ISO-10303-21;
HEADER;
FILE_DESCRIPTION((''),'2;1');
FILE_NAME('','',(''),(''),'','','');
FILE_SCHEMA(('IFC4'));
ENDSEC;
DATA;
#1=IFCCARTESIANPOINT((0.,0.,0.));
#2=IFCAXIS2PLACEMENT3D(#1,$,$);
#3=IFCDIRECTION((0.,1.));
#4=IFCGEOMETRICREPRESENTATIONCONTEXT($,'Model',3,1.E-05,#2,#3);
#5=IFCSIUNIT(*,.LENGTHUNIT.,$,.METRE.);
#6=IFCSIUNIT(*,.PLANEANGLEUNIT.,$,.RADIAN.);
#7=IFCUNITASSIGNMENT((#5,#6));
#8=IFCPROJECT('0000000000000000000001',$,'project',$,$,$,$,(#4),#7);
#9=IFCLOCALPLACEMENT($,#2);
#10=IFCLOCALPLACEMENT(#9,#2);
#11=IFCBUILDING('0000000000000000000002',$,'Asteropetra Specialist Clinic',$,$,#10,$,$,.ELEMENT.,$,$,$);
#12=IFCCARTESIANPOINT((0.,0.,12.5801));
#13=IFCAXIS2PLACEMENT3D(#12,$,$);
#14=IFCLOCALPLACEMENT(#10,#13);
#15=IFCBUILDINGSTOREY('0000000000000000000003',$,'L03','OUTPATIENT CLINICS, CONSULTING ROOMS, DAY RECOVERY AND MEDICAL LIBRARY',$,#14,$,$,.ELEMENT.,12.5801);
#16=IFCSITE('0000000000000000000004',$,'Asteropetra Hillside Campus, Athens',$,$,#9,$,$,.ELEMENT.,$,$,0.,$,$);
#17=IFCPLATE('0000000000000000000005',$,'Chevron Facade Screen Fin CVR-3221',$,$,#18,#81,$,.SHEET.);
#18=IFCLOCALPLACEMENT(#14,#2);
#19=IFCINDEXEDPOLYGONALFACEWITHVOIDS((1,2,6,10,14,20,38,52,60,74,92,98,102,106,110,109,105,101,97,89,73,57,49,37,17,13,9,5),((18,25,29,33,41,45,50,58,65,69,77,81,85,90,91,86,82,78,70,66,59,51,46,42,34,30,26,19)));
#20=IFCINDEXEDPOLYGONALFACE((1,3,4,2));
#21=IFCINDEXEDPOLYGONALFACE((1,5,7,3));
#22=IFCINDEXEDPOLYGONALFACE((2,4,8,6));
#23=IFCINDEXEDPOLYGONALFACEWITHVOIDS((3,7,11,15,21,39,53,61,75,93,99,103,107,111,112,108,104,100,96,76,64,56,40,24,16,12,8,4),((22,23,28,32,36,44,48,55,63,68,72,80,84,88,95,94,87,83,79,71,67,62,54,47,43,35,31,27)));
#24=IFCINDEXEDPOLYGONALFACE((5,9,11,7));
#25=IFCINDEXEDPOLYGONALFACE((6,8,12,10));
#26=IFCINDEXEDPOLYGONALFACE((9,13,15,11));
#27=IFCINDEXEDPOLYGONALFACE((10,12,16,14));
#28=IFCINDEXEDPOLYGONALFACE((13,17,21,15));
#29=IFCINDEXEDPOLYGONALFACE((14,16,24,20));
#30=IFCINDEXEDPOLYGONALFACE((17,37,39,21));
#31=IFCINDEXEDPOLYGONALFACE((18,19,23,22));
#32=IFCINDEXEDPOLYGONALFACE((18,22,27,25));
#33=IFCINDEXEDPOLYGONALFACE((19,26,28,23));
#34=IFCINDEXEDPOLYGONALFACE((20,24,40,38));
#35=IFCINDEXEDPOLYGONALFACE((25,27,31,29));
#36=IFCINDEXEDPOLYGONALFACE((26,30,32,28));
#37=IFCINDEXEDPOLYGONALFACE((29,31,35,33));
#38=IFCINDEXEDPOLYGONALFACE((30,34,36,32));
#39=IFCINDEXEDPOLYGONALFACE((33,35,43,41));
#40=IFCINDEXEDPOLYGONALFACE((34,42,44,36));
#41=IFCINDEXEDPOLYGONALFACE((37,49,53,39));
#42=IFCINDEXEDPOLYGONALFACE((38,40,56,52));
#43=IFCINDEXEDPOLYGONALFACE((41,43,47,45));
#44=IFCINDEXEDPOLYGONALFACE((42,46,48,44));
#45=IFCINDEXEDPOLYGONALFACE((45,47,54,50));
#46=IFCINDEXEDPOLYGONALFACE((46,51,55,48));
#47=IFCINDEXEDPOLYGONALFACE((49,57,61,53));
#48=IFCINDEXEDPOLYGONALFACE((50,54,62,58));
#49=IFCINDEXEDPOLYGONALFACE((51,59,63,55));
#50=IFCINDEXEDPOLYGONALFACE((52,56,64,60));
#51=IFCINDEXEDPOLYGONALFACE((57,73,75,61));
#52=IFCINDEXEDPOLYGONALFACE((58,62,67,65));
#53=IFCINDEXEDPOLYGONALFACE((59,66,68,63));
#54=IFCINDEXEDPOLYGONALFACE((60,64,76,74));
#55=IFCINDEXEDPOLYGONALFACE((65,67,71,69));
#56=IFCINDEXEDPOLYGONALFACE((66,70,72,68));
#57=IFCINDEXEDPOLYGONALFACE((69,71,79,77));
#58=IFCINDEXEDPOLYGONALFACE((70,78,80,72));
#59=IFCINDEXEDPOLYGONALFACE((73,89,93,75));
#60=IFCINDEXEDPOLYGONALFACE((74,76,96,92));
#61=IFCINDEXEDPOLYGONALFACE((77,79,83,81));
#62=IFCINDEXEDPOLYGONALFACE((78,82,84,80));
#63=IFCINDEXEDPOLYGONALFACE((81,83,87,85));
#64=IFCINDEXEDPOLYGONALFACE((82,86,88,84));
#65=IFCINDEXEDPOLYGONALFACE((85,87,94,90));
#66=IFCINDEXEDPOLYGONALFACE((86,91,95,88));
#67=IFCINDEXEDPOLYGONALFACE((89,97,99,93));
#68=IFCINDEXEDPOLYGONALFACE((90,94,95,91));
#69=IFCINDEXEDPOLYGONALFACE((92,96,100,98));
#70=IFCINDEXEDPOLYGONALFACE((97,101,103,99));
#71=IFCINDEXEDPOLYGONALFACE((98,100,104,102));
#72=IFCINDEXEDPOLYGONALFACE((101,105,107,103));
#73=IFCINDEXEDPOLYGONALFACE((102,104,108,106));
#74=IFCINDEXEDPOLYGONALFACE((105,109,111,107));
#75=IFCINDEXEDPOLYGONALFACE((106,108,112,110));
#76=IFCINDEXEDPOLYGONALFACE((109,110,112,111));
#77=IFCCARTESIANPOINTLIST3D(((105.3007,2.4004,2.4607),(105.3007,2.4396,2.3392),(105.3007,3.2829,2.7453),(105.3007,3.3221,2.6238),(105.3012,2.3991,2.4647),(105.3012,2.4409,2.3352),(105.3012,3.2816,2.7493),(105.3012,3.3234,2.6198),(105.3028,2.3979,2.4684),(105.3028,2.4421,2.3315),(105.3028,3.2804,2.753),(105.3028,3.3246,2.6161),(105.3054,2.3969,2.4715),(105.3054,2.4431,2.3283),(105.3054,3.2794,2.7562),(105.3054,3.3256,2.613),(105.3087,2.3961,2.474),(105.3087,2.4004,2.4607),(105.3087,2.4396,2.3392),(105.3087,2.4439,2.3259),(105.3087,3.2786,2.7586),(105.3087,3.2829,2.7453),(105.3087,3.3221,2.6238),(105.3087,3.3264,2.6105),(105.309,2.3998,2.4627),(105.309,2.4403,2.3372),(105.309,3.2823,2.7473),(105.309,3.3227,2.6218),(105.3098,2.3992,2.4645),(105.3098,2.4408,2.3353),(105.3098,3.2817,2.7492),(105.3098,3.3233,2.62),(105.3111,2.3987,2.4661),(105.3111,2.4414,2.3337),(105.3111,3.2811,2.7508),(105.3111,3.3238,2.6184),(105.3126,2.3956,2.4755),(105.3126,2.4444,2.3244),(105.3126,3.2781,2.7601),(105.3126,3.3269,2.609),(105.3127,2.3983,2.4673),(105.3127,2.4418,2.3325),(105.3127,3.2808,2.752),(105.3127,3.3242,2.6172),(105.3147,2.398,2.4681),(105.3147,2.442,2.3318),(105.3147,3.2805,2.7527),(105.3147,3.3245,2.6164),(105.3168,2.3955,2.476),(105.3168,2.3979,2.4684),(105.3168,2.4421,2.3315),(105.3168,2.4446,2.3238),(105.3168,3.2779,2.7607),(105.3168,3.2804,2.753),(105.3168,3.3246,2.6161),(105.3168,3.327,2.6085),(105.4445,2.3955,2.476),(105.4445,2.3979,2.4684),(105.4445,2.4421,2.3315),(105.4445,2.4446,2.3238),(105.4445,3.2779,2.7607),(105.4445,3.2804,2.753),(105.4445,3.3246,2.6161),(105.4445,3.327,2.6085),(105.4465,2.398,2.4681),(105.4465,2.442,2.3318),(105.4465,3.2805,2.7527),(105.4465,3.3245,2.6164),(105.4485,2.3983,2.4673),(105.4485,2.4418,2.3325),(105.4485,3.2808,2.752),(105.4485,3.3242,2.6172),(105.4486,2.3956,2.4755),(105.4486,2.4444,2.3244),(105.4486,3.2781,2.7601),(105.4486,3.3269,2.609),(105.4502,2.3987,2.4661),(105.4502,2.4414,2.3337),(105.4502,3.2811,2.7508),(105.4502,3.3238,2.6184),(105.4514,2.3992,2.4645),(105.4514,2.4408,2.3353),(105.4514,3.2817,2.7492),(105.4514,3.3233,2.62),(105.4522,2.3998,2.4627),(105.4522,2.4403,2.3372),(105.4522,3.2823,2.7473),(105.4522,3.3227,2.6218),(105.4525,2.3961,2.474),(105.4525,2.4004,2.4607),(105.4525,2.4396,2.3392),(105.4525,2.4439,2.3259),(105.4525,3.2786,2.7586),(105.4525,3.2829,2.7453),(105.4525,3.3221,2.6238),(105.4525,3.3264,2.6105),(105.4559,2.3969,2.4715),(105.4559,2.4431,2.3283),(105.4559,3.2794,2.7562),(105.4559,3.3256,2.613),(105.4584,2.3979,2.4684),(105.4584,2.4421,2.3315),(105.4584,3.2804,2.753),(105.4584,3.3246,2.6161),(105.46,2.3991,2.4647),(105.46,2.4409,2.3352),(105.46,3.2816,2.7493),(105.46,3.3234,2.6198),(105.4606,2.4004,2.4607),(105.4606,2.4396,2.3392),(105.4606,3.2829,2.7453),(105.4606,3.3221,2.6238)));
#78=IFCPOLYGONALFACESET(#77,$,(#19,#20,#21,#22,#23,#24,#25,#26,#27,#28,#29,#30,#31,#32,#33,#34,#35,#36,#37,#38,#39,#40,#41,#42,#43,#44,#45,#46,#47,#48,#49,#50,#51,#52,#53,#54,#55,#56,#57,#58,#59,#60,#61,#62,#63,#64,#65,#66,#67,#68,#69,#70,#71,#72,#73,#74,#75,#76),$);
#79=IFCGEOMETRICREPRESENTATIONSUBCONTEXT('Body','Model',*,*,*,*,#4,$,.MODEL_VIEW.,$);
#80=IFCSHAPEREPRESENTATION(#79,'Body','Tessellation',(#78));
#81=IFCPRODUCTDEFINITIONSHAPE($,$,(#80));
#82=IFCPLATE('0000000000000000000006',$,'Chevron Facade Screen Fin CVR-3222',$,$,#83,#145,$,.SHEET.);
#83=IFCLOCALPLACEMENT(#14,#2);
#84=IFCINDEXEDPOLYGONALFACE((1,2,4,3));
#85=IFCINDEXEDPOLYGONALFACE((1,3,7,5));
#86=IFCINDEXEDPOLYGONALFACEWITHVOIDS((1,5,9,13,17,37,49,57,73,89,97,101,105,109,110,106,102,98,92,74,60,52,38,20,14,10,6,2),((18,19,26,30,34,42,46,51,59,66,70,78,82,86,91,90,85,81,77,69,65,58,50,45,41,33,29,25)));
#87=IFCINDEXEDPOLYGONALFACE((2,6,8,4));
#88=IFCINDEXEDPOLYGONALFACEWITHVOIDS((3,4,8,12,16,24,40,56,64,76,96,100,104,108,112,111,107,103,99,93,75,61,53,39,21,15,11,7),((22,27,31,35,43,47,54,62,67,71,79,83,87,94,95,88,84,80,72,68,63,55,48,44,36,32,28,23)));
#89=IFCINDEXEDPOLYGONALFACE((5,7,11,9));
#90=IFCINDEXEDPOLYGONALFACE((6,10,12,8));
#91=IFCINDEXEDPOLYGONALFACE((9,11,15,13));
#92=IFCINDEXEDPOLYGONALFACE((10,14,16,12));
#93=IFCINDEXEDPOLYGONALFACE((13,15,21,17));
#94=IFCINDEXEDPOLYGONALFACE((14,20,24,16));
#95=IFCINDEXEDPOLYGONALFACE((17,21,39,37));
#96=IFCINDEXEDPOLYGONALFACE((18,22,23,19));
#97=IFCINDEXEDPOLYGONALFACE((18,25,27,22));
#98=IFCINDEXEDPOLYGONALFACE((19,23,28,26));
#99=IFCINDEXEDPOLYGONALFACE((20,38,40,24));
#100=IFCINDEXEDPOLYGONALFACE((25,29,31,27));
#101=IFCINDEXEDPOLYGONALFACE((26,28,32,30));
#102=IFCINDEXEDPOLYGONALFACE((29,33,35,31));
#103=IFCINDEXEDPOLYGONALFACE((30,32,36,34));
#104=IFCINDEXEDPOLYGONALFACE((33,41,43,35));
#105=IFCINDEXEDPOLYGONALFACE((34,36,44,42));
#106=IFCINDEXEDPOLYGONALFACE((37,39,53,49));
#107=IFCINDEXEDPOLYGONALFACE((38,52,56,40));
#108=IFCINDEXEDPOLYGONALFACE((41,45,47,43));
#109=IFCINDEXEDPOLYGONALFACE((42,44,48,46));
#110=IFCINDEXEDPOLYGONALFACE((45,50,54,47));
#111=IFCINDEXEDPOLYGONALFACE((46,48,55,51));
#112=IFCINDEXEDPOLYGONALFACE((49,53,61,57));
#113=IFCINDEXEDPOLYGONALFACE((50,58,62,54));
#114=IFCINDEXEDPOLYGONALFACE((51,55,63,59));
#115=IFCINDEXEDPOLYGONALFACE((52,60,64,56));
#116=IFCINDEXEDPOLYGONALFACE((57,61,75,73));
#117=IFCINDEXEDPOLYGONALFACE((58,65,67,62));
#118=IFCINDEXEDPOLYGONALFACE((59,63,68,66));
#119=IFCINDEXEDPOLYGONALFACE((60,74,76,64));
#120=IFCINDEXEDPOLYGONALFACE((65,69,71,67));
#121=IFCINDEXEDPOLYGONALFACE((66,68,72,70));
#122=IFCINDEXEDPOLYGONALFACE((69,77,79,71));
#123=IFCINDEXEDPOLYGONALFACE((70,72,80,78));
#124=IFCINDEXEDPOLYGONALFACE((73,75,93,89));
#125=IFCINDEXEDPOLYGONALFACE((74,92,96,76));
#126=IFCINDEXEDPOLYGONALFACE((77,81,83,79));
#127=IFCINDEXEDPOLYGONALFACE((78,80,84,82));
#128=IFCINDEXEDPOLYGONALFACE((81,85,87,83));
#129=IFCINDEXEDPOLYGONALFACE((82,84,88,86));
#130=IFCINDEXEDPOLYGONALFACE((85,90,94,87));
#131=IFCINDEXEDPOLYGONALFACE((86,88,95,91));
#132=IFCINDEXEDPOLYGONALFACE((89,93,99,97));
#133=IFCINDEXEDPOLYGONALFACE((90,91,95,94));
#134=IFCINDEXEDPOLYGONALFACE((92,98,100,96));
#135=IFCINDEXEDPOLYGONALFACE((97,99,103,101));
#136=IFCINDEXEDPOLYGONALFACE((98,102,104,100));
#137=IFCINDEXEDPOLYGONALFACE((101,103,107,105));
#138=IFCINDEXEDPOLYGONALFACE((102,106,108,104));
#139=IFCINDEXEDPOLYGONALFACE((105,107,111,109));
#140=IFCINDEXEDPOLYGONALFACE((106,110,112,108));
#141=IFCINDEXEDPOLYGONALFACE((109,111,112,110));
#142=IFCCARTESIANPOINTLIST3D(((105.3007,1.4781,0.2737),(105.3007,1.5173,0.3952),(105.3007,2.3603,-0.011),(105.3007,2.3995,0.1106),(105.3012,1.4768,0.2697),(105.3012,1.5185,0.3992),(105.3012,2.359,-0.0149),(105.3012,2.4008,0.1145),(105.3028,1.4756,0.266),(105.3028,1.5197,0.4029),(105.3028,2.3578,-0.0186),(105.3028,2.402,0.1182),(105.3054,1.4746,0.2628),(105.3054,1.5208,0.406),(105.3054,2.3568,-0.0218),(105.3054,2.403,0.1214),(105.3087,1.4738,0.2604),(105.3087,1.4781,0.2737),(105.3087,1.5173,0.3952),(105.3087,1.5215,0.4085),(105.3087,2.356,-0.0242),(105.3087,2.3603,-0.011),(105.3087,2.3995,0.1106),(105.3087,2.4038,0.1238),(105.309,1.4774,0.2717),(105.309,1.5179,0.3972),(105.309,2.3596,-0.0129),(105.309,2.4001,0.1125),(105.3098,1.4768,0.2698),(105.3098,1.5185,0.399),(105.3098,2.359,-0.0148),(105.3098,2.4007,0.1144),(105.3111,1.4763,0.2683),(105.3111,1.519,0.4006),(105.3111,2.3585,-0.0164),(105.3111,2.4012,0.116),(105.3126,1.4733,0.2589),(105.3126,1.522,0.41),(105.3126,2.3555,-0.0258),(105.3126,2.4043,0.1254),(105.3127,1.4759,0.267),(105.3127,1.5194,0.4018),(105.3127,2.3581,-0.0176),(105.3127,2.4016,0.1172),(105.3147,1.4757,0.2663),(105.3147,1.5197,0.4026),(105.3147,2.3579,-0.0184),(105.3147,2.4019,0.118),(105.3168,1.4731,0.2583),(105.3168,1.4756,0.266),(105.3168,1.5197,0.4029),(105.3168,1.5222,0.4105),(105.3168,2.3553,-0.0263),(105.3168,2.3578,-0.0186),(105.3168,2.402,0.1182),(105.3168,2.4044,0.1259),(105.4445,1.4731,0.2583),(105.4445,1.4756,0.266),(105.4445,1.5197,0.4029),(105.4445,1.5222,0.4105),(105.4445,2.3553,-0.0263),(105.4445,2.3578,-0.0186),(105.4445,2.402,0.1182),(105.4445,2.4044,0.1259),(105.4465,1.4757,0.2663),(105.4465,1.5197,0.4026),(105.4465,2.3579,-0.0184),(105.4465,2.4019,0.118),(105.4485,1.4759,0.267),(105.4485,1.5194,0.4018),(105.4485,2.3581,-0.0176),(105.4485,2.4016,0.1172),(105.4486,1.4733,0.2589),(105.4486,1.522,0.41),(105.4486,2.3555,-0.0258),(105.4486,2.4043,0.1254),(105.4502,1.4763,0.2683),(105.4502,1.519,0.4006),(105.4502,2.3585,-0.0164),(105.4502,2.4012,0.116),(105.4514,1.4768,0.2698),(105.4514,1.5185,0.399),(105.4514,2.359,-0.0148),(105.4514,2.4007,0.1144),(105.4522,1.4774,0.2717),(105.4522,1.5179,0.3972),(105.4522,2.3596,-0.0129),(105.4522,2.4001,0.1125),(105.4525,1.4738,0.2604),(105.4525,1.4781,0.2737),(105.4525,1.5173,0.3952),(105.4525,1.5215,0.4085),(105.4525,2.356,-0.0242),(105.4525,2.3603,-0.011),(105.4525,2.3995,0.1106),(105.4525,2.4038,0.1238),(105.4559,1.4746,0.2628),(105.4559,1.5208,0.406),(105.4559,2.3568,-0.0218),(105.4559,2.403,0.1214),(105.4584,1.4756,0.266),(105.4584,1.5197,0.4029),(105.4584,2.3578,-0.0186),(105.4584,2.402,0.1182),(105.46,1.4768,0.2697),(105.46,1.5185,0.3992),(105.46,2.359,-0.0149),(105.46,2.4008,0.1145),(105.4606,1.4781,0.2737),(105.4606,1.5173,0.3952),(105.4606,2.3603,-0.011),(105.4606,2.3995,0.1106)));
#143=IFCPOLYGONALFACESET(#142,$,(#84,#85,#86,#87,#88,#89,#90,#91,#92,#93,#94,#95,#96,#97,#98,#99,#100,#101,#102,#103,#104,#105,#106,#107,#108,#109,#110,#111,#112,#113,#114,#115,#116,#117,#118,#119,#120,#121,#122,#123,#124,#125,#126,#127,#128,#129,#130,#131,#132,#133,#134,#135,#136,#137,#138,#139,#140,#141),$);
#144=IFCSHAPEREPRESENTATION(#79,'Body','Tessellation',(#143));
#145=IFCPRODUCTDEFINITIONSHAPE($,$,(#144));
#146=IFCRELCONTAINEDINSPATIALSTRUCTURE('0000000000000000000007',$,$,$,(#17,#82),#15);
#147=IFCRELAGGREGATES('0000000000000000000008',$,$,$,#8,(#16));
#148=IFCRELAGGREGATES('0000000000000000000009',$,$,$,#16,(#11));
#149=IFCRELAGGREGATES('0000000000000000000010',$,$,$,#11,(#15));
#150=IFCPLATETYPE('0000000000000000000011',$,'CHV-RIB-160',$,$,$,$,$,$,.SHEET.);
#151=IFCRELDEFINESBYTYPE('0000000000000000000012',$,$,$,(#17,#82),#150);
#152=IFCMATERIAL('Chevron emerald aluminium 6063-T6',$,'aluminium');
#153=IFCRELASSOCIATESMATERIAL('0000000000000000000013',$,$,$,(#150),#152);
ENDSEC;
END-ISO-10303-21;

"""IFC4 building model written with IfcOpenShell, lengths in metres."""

from ifc_helpers import new_model, si_unit, direction, frame, origin, origin_2d, place, context, subcontext, project, spatial, hollow_rectangle, extrude, material, material_profile, profile_set, type_object, element, save


model = new_model("IFC4")

# Units and contexts
model_context = context("Model", 3, precision=1e-05, world=origin(), true_north=direction((0.0, 1.0)))
body_context = subcontext(model_context, "Body", "Model", "MODEL_VIEW")
ifc_project = project(units=[si_unit("LENGTHUNIT", "METRE"), si_unit("PLANEANGLEUNIT", "RADIAN")], contexts=[model_context])

# Site, building, storey
site_placement = place(None, origin())
site = spatial("IfcSite", under=ifc_project, at=site_placement, Name="Asteropetra Hillside Campus, Athens", CompositionType="ELEMENT", RefElevation=0.0)
building_placement = place(site_placement, origin())
building = spatial("IfcBuilding", under=site, at=building_placement, Name="Asteropetra Specialist Clinic", CompositionType="ELEMENT")
storey_placement = place(building_placement, frame((0.0, 0.0, 12.5801)))
storey = spatial("IfcBuildingStorey", under=building, at=storey_placement, Name="L03", Description="OUTPATIENT CLINICS, CONSULTING ROOMS, DAY RECOVERY AND MEDICAL LIBRARY", CompositionType="ELEMENT", Elevation=12.5801)

# Plates
ifc_material_1 = material(Name="Chevron emerald aluminium 6063-T6", Category="aluminium")
ifc_material_profile = material_profile(ifc_material_1, hollow_rectangle(XDim=0.1599, YDim=0.1599, WallThickness=0.0081, InnerFilletRadius=0.0081, OuterFilletRadius=0.0161, at=origin_2d()), Name="SHS 160x160x8.0")
ifc_profile_set = profile_set([ifc_material_profile], Name="Chevron emerald aluminium 6063-T6")
plate_type_1 = type_object("IfcPlateType", Name="CHV-RIB-160", PredefinedType="SHEET", material=ifc_profile_set)
for number, where, z_axis, x_axis, name in (
    (1, (105.3806, 3.3025, 2.6846), (0.0, -0.951719, -0.306972), (1.0, 0.0, 0.0), "Chevron Facade Screen Fin CVR-3221"),
):
    element("IfcPlate", number, at=place(storey_placement, frame(where, z_axis=z_axis, x_axis=x_axis)), inside=storey, type_object=plate_type_1, Name=name, PredefinedType="SHEET", context=body_context, shape_type="SweptSolid", body=[
        extrude(hollow_rectangle(XDim=0.1599, YDim=0.1599, WallThickness=0.0081, InnerFilletRadius=0.0081, OuterFilletRadius=0.0161, at=origin_2d()), origin(), (0.0, 0.0, 1.0), 0.9272),
    ])
plate_1_placement = place(storey_placement, frame((105.3806, 2.3799, 0.0498), z_axis=(0.0, -0.951694, 0.307049), x_axis=(1.0, 0.0, 0.0)))
element("IfcPlate", 2, at=plate_1_placement, inside=storey, type_object=plate_type_1, Name="Chevron Facade Screen Fin CVR-3222", PredefinedType="SHEET", context=body_context, shape_type="SweptSolid", body=[
    extrude(hollow_rectangle(XDim=0.1599, YDim=0.1599, WallThickness=0.0081, InnerFilletRadius=0.0081, OuterFilletRadius=0.0161, at=origin_2d()), origin(), (0.0, 0.0, 1.0), 0.927),
])

save(model, "model.ifc")
